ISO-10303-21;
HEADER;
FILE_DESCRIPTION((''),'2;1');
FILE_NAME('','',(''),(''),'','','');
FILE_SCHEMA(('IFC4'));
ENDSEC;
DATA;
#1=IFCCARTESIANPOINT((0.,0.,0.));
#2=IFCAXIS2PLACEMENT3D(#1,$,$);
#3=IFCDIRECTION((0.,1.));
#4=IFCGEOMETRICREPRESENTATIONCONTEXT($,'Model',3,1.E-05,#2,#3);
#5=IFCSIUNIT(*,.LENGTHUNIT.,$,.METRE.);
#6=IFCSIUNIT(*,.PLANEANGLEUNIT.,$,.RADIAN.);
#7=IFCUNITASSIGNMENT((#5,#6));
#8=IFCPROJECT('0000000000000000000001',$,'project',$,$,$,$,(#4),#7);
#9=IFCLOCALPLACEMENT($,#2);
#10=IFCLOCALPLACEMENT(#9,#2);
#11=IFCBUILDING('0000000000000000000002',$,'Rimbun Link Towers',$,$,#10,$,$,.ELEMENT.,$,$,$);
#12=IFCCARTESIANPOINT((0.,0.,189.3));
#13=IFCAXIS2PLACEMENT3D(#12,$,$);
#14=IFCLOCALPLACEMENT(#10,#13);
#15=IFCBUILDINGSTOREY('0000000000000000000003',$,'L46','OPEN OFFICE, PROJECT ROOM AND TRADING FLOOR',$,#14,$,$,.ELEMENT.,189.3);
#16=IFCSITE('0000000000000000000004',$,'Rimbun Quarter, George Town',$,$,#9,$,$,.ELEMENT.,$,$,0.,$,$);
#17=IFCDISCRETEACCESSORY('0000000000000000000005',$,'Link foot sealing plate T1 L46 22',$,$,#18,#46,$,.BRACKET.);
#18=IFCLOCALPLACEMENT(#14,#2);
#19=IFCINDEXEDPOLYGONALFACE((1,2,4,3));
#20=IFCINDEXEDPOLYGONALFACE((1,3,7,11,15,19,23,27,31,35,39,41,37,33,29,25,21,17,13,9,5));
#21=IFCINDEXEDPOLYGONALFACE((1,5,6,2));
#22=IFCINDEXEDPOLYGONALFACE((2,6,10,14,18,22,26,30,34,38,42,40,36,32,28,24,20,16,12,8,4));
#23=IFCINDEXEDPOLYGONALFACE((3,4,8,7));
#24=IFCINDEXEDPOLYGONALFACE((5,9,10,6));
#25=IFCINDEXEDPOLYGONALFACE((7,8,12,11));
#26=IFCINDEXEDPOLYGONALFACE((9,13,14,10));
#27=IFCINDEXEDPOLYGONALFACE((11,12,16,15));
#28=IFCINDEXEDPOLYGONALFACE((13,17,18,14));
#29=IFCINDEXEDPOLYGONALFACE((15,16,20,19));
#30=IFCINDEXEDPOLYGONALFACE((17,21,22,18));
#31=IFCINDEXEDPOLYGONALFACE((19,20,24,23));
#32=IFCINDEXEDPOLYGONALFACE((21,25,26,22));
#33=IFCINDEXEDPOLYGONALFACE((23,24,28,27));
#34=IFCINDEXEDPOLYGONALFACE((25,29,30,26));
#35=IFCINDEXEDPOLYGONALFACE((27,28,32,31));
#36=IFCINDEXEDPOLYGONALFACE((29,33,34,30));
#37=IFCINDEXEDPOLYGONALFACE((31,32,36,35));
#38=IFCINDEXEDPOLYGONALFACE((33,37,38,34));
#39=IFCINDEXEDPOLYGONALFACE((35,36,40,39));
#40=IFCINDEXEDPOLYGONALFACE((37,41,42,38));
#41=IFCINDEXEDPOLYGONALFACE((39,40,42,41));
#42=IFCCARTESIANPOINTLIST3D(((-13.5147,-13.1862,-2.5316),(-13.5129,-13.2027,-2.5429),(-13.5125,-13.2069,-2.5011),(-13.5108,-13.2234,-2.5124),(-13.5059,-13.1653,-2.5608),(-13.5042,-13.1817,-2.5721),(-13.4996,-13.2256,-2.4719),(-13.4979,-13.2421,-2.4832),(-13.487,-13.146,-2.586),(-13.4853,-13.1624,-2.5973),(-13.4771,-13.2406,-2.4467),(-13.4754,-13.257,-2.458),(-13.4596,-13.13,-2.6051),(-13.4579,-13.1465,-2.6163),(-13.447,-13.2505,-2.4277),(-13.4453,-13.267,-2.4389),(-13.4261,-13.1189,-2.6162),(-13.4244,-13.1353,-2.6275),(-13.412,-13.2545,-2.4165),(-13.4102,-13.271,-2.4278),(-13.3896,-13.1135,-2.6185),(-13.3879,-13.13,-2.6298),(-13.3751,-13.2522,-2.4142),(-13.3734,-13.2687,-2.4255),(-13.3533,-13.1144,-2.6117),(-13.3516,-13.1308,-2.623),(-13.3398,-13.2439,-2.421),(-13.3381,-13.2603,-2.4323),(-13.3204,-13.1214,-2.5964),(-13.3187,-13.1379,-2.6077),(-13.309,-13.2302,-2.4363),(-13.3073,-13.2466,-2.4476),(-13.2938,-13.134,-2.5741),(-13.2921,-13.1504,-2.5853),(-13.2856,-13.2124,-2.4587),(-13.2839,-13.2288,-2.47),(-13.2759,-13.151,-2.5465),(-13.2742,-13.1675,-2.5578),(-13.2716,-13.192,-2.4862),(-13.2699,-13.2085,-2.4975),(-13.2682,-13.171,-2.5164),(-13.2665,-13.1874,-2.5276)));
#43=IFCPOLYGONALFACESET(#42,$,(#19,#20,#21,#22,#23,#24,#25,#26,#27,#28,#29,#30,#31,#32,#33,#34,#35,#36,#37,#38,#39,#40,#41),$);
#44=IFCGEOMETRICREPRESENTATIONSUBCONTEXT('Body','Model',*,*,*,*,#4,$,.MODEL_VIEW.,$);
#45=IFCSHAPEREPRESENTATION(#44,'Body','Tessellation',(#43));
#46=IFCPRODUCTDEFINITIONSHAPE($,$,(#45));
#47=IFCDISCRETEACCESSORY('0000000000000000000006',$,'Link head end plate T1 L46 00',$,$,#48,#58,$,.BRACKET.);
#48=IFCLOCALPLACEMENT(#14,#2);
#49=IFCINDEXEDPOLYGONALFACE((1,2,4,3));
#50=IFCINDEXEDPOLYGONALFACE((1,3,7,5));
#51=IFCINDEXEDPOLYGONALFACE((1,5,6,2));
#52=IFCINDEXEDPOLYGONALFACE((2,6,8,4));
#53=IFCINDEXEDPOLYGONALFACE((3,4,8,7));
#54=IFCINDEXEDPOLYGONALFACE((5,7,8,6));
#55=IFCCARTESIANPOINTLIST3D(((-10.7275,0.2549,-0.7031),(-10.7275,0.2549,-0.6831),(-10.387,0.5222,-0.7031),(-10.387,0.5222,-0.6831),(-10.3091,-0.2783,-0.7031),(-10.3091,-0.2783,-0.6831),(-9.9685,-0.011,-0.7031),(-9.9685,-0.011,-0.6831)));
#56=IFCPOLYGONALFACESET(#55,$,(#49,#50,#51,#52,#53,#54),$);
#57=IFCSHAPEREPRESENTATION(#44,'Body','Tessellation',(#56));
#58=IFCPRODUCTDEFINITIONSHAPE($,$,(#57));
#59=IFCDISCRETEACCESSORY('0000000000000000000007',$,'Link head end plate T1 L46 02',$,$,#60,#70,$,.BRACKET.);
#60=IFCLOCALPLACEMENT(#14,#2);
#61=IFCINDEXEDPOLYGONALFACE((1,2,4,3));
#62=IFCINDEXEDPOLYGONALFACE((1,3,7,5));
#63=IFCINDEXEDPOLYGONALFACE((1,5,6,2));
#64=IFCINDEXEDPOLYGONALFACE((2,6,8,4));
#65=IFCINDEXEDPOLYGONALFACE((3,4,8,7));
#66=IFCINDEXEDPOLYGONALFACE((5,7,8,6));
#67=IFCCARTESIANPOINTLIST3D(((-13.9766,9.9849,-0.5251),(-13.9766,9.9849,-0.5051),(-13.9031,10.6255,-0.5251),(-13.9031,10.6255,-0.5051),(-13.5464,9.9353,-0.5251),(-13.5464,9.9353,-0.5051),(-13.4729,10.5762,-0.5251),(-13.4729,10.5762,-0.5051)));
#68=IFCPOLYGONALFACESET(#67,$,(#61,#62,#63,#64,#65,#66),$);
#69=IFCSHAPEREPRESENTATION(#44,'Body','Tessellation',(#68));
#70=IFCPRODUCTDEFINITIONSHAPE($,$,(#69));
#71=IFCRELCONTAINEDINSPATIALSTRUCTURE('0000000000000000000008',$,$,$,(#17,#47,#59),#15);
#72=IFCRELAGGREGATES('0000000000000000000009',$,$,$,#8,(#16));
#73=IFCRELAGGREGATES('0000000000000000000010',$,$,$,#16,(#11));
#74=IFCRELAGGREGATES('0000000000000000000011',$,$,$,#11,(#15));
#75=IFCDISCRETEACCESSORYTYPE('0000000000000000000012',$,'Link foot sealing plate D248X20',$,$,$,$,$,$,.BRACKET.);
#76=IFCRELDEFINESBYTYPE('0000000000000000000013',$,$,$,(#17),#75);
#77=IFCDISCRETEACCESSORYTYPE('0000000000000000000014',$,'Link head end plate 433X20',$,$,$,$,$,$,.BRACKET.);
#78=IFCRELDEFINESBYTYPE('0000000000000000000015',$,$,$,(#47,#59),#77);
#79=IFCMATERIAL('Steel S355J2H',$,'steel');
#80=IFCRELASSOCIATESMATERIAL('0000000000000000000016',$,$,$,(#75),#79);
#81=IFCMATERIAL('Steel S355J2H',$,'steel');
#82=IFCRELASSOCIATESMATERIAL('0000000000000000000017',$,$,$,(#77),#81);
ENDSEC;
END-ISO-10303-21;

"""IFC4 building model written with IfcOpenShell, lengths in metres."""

from ifc_helpers import new_model, si_unit, direction, frame, origin, origin_2d, place, context, subcontext, project, spatial, polyline, rectangle, circle, outline, extrude, material, material_profile, profile_set, type_object, element, save


model = new_model("IFC4")

# Units and contexts
model_context = context("Model", 3, precision=1e-05, world=origin(), true_north=direction((0.0, 1.0)))
body_context = subcontext(model_context, "Body", "Model", "MODEL_VIEW")
ifc_project = project(units=[si_unit("LENGTHUNIT", "METRE"), si_unit("PLANEANGLEUNIT", "RADIAN")], contexts=[model_context])

# Site, building, storey
site_placement = place(None, origin())
site = spatial("IfcSite", under=ifc_project, at=site_placement, Name="Rimbun Quarter, George Town", CompositionType="ELEMENT", RefElevation=0.0)
building_placement = place(site_placement, origin())
building = spatial("IfcBuilding", under=site, at=building_placement, Name="Rimbun Link Towers", CompositionType="ELEMENT")
storey_placement = place(building_placement, frame((0.0, 0.0, 189.3)))
storey = spatial("IfcBuildingStorey", under=building, at=storey_placement, Name="L46", Description="OPEN OFFICE, PROJECT ROOM AND TRADING FLOOR", CompositionType="ELEMENT", Elevation=189.3)

# Discrete accessories
ifc_material_1 = material(Name="Steel S355J2H", Category="steel")
ifc_material_profile_1 = material_profile(ifc_material_1, circle(Radius=0.124, at=origin_2d()), Name="PL D248")
ifc_profile_set_1 = profile_set([ifc_material_profile_1], Name="Steel S355J2H")
discrete_accessory_type_1 = type_object("IfcDiscreteAccessoryType", Name="Link foot sealing plate D248X20", PredefinedType="BRACKET", material=ifc_profile_set_1)
discrete_accessory_1_placement = place(storey_placement, frame((-13.3916, -13.1838, -2.5164), z_axis=(0.085814, -0.82136, -0.563919), x_axis=(0.994586, 0.103912, 0.0)))
element("IfcDiscreteAccessory", 1, at=discrete_accessory_1_placement, inside=storey, type_object=discrete_accessory_type_1, Name="Link foot sealing plate T1 L46 22", PredefinedType="BRACKET", context=body_context, shape_type="SweptSolid", body=[
    extrude(circle(Radius=0.124, at=origin_2d()), origin(), (0.0, 0.0, 1.0), 0.02),
])
ifc_material_2 = material(Name="Steel S355J2H", Category="steel")
ifc_material_profile_2 = material_profile(ifc_material_2, rectangle(XDim=0.4331, YDim=0.4331, at=origin_2d()), Name="PL 433x433")
ifc_profile_set_2 = profile_set([ifc_material_profile_2], Name="Steel S355J2H")
discrete_accessory_type_2 = type_object("IfcDiscreteAccessoryType", Name="Link head end plate 433X20", PredefinedType="BRACKET", material=ifc_profile_set_2)
discrete_accessory_2_placement = place(storey_placement, frame((0.0, 0.0, -0.7031)))
element("IfcDiscreteAccessory", 2, at=discrete_accessory_2_placement, inside=storey, type_object=discrete_accessory_type_2, Name="Link head end plate T1 L46 00", PredefinedType="BRACKET", context=body_context, shape_type="SweptSolid", body=[
    extrude(outline(polyline([(-10.7275, 0.2549), (-10.3091, -0.2783), (-9.9685, -0.011), (-10.387, 0.5222), (-10.7275, 0.2549)])), origin(), (0.0, 0.0, 1.0), 0.02),
])
discrete_accessory_3_placement = place(storey_placement, frame((0.0, 0.0, -0.5251)))
element("IfcDiscreteAccessory", 3, at=discrete_accessory_3_placement, inside=storey, type_object=discrete_accessory_type_2, Name="Link head end plate T1 L46 02", PredefinedType="BRACKET", context=body_context, shape_type="SweptSolid", body=[
    extrude(outline(polyline([(-13.5464, 9.9353), (-13.4729, 10.5762), (-13.9031, 10.6255), (-13.9766, 9.9849), (-13.5464, 9.9353)])), origin(), (0.0, 0.0, 1.0), 0.02),
])

save(model, "model.ifc")
